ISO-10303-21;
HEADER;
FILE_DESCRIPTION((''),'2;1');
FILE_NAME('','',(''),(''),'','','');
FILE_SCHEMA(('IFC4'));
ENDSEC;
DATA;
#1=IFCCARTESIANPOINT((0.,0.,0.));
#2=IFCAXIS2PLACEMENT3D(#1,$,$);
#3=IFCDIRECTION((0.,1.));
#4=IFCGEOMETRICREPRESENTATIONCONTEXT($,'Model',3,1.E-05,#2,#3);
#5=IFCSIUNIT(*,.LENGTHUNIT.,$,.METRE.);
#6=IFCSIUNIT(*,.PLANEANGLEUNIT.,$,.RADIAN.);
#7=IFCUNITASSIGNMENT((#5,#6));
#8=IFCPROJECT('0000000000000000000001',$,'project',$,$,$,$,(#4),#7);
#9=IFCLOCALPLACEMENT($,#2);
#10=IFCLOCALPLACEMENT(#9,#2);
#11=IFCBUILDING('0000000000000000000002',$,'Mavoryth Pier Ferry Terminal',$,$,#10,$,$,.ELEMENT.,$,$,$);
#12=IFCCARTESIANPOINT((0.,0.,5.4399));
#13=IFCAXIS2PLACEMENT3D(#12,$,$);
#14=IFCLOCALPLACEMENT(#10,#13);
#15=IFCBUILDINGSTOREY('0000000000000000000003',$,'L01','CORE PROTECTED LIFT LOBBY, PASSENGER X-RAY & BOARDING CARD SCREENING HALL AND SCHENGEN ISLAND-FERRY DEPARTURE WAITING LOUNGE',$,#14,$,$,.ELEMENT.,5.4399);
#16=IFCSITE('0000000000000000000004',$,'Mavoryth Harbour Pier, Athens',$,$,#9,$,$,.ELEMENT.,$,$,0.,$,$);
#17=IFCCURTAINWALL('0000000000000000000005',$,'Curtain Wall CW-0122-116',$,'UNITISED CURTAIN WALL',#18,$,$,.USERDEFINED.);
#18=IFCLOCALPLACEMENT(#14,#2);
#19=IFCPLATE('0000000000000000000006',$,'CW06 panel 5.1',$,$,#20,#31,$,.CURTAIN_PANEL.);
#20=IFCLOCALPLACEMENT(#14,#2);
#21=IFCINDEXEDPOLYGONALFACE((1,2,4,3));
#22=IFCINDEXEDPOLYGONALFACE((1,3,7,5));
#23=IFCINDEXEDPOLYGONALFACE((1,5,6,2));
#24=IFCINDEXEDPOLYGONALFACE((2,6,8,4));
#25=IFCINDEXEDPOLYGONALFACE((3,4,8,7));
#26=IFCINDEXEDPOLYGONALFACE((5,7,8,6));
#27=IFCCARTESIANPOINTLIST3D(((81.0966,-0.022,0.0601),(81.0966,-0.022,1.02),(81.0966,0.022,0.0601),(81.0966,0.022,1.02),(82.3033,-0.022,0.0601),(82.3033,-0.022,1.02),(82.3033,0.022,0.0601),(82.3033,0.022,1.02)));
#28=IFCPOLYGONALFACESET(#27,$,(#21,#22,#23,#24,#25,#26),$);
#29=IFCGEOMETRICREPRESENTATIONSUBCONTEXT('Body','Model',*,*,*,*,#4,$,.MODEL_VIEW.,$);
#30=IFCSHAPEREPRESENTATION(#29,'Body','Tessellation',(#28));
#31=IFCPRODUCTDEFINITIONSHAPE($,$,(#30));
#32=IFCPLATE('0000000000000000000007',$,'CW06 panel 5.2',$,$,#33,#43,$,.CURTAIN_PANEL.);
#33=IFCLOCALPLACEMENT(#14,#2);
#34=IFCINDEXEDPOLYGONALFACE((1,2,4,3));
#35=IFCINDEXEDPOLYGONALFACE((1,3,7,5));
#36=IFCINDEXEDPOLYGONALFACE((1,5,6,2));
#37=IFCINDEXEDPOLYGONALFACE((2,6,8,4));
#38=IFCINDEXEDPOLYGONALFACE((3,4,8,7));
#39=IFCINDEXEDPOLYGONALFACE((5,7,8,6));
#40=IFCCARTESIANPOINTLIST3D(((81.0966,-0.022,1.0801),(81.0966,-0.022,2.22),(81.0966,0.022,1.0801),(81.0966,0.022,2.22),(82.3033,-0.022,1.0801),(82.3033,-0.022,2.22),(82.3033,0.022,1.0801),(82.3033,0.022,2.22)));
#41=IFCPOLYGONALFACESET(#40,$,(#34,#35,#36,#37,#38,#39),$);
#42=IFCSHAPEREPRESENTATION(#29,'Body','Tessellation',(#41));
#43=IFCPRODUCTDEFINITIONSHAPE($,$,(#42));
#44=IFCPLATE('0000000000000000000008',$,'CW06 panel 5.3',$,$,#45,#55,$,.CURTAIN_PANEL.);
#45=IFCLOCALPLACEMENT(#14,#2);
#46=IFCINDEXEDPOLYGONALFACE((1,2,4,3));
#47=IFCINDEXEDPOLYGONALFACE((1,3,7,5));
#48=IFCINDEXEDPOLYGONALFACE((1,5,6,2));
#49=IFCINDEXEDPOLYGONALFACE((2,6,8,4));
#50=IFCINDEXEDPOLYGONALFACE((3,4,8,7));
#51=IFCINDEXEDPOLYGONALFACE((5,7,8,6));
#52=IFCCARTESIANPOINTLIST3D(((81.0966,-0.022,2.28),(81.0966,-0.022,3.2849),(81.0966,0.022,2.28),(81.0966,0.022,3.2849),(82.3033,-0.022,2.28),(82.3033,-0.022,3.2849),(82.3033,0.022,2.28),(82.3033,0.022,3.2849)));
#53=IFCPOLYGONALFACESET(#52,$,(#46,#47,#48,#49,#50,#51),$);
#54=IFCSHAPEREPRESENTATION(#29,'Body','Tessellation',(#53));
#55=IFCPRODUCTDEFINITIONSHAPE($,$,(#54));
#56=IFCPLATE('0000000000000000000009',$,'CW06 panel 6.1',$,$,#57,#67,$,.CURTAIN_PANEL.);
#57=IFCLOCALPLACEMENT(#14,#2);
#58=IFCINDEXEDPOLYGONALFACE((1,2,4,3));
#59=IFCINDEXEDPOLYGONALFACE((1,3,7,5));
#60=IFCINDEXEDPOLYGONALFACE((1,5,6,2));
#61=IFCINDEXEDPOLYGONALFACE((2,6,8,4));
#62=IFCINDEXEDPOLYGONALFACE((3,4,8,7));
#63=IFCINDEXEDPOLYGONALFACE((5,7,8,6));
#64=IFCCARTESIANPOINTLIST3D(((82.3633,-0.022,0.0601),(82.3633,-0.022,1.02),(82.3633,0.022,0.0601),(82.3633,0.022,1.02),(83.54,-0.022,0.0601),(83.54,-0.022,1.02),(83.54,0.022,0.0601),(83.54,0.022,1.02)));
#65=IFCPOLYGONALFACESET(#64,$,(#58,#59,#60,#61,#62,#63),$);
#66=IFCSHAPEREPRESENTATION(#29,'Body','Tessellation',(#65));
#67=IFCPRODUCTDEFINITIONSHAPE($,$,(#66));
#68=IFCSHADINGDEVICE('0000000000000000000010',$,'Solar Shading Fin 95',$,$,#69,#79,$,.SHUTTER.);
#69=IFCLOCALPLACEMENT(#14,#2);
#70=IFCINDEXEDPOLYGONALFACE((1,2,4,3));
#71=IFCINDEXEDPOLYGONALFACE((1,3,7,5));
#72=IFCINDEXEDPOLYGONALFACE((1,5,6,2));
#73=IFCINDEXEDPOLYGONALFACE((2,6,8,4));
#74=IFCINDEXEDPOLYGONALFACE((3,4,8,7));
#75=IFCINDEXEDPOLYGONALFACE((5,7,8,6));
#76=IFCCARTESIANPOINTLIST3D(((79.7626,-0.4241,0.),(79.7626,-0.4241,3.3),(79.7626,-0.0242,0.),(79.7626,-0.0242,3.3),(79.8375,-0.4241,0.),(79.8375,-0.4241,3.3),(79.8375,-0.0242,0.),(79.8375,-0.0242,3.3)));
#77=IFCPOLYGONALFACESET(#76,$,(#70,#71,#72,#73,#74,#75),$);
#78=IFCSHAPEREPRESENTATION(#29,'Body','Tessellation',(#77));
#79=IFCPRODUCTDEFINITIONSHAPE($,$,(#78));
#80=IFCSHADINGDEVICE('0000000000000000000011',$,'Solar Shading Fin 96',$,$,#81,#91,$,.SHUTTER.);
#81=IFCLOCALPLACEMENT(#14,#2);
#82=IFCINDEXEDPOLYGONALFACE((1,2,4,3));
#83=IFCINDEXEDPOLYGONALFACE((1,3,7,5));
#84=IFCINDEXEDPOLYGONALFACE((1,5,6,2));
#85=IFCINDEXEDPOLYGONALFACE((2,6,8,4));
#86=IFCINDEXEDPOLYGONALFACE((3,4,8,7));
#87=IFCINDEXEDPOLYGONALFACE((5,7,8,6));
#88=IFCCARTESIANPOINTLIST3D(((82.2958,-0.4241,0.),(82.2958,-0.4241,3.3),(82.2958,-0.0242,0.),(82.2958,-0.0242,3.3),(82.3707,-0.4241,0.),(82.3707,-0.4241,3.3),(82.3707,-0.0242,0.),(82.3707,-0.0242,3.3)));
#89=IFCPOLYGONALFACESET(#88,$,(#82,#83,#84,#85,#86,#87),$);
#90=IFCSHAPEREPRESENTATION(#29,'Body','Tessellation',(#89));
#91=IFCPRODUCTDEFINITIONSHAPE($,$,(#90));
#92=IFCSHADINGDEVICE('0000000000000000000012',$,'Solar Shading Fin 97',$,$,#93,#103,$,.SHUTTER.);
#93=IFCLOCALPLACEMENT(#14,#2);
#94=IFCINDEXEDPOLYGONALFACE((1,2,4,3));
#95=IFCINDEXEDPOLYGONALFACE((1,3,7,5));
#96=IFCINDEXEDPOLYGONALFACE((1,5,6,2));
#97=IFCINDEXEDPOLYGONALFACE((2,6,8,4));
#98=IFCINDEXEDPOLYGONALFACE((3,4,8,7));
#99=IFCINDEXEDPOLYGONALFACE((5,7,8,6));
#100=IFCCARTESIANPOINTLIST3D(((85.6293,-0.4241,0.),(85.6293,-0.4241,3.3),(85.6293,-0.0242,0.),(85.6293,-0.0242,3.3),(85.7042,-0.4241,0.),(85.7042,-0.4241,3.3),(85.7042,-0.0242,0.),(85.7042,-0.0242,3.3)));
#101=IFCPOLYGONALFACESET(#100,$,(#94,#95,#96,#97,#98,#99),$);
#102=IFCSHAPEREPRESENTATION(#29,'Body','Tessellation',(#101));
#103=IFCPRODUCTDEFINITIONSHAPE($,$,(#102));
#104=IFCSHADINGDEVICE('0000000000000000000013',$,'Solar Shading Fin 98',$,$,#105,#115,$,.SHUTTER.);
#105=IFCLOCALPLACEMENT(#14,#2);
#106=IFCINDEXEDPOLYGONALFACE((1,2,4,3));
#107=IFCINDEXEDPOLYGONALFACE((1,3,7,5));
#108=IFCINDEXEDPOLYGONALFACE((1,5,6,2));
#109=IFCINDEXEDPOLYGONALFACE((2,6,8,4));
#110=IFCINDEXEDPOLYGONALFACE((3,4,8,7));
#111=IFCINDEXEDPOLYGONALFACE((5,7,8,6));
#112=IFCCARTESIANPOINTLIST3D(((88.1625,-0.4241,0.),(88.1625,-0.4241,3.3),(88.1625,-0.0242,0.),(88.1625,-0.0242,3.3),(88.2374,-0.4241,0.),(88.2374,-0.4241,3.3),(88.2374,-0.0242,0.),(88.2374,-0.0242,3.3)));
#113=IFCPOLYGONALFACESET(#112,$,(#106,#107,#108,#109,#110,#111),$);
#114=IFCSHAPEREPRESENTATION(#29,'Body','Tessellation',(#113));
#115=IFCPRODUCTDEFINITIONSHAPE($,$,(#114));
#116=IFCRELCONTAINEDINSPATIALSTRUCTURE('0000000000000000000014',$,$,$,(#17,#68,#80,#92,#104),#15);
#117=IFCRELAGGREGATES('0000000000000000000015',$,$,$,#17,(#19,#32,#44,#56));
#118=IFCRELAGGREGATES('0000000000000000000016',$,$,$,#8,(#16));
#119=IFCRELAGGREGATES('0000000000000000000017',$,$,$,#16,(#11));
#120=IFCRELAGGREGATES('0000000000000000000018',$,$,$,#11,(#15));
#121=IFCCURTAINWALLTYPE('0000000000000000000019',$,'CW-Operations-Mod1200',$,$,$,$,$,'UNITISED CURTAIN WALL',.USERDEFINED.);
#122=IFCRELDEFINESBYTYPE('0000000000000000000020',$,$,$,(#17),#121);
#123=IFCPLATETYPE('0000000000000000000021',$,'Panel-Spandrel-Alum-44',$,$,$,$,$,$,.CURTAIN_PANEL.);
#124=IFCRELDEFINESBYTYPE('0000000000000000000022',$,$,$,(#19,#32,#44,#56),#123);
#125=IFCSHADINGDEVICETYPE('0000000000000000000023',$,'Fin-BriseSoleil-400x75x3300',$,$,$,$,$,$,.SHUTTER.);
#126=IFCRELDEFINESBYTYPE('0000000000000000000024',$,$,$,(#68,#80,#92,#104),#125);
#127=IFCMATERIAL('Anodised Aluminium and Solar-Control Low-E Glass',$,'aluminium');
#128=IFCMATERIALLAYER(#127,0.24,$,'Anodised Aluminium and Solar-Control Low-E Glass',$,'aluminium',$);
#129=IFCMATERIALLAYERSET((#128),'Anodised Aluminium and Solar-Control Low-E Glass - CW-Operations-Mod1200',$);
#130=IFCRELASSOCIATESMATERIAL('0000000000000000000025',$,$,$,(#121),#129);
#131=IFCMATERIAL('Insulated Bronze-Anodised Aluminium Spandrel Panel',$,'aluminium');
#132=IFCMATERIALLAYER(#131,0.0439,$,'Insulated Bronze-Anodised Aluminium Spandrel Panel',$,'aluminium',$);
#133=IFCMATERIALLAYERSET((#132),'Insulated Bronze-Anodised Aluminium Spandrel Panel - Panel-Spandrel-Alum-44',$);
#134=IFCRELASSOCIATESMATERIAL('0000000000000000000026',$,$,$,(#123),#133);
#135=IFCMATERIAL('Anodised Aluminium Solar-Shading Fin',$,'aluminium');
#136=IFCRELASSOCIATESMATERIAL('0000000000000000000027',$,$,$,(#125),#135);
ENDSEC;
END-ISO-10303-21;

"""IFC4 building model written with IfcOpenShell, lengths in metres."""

from ifc_helpers import new_model, si_unit, direction, frame, origin, origin_2d, place, context, subcontext, project, spatial, rectangle, extrude, material, layer, layer_set, type_object, element, aggregate, save


model = new_model("IFC4")

# Units and contexts
model_context = context("Model", 3, precision=1e-05, world=origin(), true_north=direction((0.0, 1.0)))
body_context = subcontext(model_context, "Body", "Model", "MODEL_VIEW")
ifc_project = project(units=[si_unit("LENGTHUNIT", "METRE"), si_unit("PLANEANGLEUNIT", "RADIAN")], contexts=[model_context])

# Site, building, storey
site_placement = place(None, origin())
site = spatial("IfcSite", under=ifc_project, at=site_placement, Name="Mavoryth Harbour Pier, Athens", CompositionType="ELEMENT", RefElevation=0.0)
building_placement = place(site_placement, origin())
building = spatial("IfcBuilding", under=site, at=building_placement, Name="Mavoryth Pier Ferry Terminal", CompositionType="ELEMENT")
storey_placement = place(building_placement, frame((0.0, 0.0, 5.4399)))
storey = spatial("IfcBuildingStorey", under=building, at=storey_placement, Name="L01", Description="CORE PROTECTED LIFT LOBBY, PASSENGER X-RAY & BOARDING CARD SCREENING HALL AND SCHENGEN ISLAND-FERRY DEPARTURE WAITING LOUNGE", CompositionType="ELEMENT", Elevation=5.4399)

# Curtain wall, plates
ifc_material_1 = material(Name="Anodised Aluminium and Solar-Control Low-E Glass", Category="aluminium")
ifc_layer_1 = layer(ifc_material_1, 0.24, Name="Anodised Aluminium and Solar-Control Low-E Glass", Category="aluminium")
ifc_layer_set_1 = layer_set([ifc_layer_1], Name="Anodised Aluminium and Solar-Control Low-E Glass - CW-Operations-Mod1200")
curtain_wall_type = type_object("IfcCurtainWallType", Name="CW-Operations-Mod1200", ElementType="UNITISED CURTAIN WALL", PredefinedType="USERDEFINED", material=ifc_layer_set_1)
curtain_wall_placement = place(storey_placement, origin())
curtain_wall = element("IfcCurtainWall", 1, at=curtain_wall_placement, inside=storey, type_object=curtain_wall_type, Name="Curtain Wall CW-0122-116", ObjectType="UNITISED CURTAIN WALL", PredefinedType="USERDEFINED")
ifc_material_2 = material(Name="Insulated Bronze-Anodised Aluminium Spandrel Panel", Category="aluminium")
ifc_layer_2 = layer(ifc_material_2, 0.0439, Name="Insulated Bronze-Anodised Aluminium Spandrel Panel", Category="aluminium")
ifc_layer_set_2 = layer_set([ifc_layer_2], Name="Insulated Bronze-Anodised Aluminium Spandrel Panel - Panel-Spandrel-Alum-44")
plate_type = type_object("IfcPlateType", Name="Panel-Spandrel-Alum-44", PredefinedType="CURTAIN_PANEL", material=ifc_layer_set_2)
plate_1_placement = place(storey_placement, frame((81.7, 0.0, 0.0601), z_axis=(0.0, 0.0, 1.0), x_axis=(1.0, 0.0, 0.0)))
plate_1 = element("IfcPlate", 2, at=plate_1_placement, type_object=plate_type, Name="CW06 panel 5.1", PredefinedType="CURTAIN_PANEL", context=body_context, shape_type="SweptSolid", body=[
    extrude(rectangle(XDim=1.2068, YDim=0.0439, at=origin_2d()), origin(), (0.0, 0.0, 1.0), 0.96),
])
plate_2_placement = place(storey_placement, frame((81.7, 0.0, 1.0801), z_axis=(0.0, 0.0, 1.0), x_axis=(1.0, 0.0, 0.0)))
plate_2 = element("IfcPlate", 3, at=plate_2_placement, type_object=plate_type, Name="CW06 panel 5.2", PredefinedType="CURTAIN_PANEL", context=body_context, shape_type="SweptSolid", body=[
    extrude(rectangle(XDim=1.2068, YDim=0.0439, at=origin_2d()), origin(), (0.0, 0.0, 1.0), 1.1399),
])
plate_3_placement = place(storey_placement, frame((81.7, 0.0, 2.28), z_axis=(0.0, 0.0, 1.0), x_axis=(1.0, 0.0, 0.0)))
plate_3 = element("IfcPlate", 4, at=plate_3_placement, type_object=plate_type, Name="CW06 panel 5.3", PredefinedType="CURTAIN_PANEL", context=body_context, shape_type="SweptSolid", body=[
    extrude(rectangle(XDim=1.2068, YDim=0.0439, at=origin_2d()), origin(), (0.0, 0.0, 1.0), 1.0049),
])
plate_4_placement = place(storey_placement, frame((82.9517, 0.0, 0.0601), z_axis=(0.0, 0.0, 1.0), x_axis=(1.0, 0.0, 0.0)))
plate_4 = element("IfcPlate", 5, at=plate_4_placement, type_object=plate_type, Name="CW06 panel 6.1", PredefinedType="CURTAIN_PANEL", context=body_context, shape_type="SweptSolid", body=[
    extrude(rectangle(XDim=1.1768, YDim=0.0439, at=origin_2d()), origin(), (0.0, 0.0, 1.0), 0.96),
])
aggregate(curtain_wall, [plate_1, plate_2, plate_3, plate_4])

# Shading devices
ifc_material_3 = material(Name="Anodised Aluminium Solar-Shading Fin", Category="aluminium")
shading_device_type = type_object("IfcShadingDeviceType", Name="Fin-BriseSoleil-400x75x3300", PredefinedType="SHUTTER", material=ifc_material_3)
for number, where, z_axis, x_axis, name in (
    (6, (79.8, -0.2241, 0.0), (0.0, 0.0, 1.0), (1.0, 0.0, 0.0), "Solar Shading Fin 95"),
    (7, (82.3333, -0.2241, 0.0), (0.0, 0.0, 1.0), (1.0, 0.0, 0.0), "Solar Shading Fin 96"),
    (8, (85.6667, -0.2241, 0.0), (0.0, 0.0, 1.0), (1.0, 0.0, 0.0), "Solar Shading Fin 97"),
    (9, (88.2, -0.2241, 0.0), (0.0, 0.0, 1.0), (1.0, 0.0, 0.0), "Solar Shading Fin 98"),
):
    element("IfcShadingDevice", number, at=place(storey_placement, frame(where, z_axis=z_axis, x_axis=x_axis)), inside=storey, type_object=shading_device_type, Name=name, PredefinedType="SHUTTER", context=body_context, shape_type="SweptSolid", body=[
        extrude(rectangle(XDim=0.075, YDim=0.3999, at=origin_2d()), origin(), (0.0, 0.0, 1.0), 3.3),
    ])

save(model, "model.ifc")
